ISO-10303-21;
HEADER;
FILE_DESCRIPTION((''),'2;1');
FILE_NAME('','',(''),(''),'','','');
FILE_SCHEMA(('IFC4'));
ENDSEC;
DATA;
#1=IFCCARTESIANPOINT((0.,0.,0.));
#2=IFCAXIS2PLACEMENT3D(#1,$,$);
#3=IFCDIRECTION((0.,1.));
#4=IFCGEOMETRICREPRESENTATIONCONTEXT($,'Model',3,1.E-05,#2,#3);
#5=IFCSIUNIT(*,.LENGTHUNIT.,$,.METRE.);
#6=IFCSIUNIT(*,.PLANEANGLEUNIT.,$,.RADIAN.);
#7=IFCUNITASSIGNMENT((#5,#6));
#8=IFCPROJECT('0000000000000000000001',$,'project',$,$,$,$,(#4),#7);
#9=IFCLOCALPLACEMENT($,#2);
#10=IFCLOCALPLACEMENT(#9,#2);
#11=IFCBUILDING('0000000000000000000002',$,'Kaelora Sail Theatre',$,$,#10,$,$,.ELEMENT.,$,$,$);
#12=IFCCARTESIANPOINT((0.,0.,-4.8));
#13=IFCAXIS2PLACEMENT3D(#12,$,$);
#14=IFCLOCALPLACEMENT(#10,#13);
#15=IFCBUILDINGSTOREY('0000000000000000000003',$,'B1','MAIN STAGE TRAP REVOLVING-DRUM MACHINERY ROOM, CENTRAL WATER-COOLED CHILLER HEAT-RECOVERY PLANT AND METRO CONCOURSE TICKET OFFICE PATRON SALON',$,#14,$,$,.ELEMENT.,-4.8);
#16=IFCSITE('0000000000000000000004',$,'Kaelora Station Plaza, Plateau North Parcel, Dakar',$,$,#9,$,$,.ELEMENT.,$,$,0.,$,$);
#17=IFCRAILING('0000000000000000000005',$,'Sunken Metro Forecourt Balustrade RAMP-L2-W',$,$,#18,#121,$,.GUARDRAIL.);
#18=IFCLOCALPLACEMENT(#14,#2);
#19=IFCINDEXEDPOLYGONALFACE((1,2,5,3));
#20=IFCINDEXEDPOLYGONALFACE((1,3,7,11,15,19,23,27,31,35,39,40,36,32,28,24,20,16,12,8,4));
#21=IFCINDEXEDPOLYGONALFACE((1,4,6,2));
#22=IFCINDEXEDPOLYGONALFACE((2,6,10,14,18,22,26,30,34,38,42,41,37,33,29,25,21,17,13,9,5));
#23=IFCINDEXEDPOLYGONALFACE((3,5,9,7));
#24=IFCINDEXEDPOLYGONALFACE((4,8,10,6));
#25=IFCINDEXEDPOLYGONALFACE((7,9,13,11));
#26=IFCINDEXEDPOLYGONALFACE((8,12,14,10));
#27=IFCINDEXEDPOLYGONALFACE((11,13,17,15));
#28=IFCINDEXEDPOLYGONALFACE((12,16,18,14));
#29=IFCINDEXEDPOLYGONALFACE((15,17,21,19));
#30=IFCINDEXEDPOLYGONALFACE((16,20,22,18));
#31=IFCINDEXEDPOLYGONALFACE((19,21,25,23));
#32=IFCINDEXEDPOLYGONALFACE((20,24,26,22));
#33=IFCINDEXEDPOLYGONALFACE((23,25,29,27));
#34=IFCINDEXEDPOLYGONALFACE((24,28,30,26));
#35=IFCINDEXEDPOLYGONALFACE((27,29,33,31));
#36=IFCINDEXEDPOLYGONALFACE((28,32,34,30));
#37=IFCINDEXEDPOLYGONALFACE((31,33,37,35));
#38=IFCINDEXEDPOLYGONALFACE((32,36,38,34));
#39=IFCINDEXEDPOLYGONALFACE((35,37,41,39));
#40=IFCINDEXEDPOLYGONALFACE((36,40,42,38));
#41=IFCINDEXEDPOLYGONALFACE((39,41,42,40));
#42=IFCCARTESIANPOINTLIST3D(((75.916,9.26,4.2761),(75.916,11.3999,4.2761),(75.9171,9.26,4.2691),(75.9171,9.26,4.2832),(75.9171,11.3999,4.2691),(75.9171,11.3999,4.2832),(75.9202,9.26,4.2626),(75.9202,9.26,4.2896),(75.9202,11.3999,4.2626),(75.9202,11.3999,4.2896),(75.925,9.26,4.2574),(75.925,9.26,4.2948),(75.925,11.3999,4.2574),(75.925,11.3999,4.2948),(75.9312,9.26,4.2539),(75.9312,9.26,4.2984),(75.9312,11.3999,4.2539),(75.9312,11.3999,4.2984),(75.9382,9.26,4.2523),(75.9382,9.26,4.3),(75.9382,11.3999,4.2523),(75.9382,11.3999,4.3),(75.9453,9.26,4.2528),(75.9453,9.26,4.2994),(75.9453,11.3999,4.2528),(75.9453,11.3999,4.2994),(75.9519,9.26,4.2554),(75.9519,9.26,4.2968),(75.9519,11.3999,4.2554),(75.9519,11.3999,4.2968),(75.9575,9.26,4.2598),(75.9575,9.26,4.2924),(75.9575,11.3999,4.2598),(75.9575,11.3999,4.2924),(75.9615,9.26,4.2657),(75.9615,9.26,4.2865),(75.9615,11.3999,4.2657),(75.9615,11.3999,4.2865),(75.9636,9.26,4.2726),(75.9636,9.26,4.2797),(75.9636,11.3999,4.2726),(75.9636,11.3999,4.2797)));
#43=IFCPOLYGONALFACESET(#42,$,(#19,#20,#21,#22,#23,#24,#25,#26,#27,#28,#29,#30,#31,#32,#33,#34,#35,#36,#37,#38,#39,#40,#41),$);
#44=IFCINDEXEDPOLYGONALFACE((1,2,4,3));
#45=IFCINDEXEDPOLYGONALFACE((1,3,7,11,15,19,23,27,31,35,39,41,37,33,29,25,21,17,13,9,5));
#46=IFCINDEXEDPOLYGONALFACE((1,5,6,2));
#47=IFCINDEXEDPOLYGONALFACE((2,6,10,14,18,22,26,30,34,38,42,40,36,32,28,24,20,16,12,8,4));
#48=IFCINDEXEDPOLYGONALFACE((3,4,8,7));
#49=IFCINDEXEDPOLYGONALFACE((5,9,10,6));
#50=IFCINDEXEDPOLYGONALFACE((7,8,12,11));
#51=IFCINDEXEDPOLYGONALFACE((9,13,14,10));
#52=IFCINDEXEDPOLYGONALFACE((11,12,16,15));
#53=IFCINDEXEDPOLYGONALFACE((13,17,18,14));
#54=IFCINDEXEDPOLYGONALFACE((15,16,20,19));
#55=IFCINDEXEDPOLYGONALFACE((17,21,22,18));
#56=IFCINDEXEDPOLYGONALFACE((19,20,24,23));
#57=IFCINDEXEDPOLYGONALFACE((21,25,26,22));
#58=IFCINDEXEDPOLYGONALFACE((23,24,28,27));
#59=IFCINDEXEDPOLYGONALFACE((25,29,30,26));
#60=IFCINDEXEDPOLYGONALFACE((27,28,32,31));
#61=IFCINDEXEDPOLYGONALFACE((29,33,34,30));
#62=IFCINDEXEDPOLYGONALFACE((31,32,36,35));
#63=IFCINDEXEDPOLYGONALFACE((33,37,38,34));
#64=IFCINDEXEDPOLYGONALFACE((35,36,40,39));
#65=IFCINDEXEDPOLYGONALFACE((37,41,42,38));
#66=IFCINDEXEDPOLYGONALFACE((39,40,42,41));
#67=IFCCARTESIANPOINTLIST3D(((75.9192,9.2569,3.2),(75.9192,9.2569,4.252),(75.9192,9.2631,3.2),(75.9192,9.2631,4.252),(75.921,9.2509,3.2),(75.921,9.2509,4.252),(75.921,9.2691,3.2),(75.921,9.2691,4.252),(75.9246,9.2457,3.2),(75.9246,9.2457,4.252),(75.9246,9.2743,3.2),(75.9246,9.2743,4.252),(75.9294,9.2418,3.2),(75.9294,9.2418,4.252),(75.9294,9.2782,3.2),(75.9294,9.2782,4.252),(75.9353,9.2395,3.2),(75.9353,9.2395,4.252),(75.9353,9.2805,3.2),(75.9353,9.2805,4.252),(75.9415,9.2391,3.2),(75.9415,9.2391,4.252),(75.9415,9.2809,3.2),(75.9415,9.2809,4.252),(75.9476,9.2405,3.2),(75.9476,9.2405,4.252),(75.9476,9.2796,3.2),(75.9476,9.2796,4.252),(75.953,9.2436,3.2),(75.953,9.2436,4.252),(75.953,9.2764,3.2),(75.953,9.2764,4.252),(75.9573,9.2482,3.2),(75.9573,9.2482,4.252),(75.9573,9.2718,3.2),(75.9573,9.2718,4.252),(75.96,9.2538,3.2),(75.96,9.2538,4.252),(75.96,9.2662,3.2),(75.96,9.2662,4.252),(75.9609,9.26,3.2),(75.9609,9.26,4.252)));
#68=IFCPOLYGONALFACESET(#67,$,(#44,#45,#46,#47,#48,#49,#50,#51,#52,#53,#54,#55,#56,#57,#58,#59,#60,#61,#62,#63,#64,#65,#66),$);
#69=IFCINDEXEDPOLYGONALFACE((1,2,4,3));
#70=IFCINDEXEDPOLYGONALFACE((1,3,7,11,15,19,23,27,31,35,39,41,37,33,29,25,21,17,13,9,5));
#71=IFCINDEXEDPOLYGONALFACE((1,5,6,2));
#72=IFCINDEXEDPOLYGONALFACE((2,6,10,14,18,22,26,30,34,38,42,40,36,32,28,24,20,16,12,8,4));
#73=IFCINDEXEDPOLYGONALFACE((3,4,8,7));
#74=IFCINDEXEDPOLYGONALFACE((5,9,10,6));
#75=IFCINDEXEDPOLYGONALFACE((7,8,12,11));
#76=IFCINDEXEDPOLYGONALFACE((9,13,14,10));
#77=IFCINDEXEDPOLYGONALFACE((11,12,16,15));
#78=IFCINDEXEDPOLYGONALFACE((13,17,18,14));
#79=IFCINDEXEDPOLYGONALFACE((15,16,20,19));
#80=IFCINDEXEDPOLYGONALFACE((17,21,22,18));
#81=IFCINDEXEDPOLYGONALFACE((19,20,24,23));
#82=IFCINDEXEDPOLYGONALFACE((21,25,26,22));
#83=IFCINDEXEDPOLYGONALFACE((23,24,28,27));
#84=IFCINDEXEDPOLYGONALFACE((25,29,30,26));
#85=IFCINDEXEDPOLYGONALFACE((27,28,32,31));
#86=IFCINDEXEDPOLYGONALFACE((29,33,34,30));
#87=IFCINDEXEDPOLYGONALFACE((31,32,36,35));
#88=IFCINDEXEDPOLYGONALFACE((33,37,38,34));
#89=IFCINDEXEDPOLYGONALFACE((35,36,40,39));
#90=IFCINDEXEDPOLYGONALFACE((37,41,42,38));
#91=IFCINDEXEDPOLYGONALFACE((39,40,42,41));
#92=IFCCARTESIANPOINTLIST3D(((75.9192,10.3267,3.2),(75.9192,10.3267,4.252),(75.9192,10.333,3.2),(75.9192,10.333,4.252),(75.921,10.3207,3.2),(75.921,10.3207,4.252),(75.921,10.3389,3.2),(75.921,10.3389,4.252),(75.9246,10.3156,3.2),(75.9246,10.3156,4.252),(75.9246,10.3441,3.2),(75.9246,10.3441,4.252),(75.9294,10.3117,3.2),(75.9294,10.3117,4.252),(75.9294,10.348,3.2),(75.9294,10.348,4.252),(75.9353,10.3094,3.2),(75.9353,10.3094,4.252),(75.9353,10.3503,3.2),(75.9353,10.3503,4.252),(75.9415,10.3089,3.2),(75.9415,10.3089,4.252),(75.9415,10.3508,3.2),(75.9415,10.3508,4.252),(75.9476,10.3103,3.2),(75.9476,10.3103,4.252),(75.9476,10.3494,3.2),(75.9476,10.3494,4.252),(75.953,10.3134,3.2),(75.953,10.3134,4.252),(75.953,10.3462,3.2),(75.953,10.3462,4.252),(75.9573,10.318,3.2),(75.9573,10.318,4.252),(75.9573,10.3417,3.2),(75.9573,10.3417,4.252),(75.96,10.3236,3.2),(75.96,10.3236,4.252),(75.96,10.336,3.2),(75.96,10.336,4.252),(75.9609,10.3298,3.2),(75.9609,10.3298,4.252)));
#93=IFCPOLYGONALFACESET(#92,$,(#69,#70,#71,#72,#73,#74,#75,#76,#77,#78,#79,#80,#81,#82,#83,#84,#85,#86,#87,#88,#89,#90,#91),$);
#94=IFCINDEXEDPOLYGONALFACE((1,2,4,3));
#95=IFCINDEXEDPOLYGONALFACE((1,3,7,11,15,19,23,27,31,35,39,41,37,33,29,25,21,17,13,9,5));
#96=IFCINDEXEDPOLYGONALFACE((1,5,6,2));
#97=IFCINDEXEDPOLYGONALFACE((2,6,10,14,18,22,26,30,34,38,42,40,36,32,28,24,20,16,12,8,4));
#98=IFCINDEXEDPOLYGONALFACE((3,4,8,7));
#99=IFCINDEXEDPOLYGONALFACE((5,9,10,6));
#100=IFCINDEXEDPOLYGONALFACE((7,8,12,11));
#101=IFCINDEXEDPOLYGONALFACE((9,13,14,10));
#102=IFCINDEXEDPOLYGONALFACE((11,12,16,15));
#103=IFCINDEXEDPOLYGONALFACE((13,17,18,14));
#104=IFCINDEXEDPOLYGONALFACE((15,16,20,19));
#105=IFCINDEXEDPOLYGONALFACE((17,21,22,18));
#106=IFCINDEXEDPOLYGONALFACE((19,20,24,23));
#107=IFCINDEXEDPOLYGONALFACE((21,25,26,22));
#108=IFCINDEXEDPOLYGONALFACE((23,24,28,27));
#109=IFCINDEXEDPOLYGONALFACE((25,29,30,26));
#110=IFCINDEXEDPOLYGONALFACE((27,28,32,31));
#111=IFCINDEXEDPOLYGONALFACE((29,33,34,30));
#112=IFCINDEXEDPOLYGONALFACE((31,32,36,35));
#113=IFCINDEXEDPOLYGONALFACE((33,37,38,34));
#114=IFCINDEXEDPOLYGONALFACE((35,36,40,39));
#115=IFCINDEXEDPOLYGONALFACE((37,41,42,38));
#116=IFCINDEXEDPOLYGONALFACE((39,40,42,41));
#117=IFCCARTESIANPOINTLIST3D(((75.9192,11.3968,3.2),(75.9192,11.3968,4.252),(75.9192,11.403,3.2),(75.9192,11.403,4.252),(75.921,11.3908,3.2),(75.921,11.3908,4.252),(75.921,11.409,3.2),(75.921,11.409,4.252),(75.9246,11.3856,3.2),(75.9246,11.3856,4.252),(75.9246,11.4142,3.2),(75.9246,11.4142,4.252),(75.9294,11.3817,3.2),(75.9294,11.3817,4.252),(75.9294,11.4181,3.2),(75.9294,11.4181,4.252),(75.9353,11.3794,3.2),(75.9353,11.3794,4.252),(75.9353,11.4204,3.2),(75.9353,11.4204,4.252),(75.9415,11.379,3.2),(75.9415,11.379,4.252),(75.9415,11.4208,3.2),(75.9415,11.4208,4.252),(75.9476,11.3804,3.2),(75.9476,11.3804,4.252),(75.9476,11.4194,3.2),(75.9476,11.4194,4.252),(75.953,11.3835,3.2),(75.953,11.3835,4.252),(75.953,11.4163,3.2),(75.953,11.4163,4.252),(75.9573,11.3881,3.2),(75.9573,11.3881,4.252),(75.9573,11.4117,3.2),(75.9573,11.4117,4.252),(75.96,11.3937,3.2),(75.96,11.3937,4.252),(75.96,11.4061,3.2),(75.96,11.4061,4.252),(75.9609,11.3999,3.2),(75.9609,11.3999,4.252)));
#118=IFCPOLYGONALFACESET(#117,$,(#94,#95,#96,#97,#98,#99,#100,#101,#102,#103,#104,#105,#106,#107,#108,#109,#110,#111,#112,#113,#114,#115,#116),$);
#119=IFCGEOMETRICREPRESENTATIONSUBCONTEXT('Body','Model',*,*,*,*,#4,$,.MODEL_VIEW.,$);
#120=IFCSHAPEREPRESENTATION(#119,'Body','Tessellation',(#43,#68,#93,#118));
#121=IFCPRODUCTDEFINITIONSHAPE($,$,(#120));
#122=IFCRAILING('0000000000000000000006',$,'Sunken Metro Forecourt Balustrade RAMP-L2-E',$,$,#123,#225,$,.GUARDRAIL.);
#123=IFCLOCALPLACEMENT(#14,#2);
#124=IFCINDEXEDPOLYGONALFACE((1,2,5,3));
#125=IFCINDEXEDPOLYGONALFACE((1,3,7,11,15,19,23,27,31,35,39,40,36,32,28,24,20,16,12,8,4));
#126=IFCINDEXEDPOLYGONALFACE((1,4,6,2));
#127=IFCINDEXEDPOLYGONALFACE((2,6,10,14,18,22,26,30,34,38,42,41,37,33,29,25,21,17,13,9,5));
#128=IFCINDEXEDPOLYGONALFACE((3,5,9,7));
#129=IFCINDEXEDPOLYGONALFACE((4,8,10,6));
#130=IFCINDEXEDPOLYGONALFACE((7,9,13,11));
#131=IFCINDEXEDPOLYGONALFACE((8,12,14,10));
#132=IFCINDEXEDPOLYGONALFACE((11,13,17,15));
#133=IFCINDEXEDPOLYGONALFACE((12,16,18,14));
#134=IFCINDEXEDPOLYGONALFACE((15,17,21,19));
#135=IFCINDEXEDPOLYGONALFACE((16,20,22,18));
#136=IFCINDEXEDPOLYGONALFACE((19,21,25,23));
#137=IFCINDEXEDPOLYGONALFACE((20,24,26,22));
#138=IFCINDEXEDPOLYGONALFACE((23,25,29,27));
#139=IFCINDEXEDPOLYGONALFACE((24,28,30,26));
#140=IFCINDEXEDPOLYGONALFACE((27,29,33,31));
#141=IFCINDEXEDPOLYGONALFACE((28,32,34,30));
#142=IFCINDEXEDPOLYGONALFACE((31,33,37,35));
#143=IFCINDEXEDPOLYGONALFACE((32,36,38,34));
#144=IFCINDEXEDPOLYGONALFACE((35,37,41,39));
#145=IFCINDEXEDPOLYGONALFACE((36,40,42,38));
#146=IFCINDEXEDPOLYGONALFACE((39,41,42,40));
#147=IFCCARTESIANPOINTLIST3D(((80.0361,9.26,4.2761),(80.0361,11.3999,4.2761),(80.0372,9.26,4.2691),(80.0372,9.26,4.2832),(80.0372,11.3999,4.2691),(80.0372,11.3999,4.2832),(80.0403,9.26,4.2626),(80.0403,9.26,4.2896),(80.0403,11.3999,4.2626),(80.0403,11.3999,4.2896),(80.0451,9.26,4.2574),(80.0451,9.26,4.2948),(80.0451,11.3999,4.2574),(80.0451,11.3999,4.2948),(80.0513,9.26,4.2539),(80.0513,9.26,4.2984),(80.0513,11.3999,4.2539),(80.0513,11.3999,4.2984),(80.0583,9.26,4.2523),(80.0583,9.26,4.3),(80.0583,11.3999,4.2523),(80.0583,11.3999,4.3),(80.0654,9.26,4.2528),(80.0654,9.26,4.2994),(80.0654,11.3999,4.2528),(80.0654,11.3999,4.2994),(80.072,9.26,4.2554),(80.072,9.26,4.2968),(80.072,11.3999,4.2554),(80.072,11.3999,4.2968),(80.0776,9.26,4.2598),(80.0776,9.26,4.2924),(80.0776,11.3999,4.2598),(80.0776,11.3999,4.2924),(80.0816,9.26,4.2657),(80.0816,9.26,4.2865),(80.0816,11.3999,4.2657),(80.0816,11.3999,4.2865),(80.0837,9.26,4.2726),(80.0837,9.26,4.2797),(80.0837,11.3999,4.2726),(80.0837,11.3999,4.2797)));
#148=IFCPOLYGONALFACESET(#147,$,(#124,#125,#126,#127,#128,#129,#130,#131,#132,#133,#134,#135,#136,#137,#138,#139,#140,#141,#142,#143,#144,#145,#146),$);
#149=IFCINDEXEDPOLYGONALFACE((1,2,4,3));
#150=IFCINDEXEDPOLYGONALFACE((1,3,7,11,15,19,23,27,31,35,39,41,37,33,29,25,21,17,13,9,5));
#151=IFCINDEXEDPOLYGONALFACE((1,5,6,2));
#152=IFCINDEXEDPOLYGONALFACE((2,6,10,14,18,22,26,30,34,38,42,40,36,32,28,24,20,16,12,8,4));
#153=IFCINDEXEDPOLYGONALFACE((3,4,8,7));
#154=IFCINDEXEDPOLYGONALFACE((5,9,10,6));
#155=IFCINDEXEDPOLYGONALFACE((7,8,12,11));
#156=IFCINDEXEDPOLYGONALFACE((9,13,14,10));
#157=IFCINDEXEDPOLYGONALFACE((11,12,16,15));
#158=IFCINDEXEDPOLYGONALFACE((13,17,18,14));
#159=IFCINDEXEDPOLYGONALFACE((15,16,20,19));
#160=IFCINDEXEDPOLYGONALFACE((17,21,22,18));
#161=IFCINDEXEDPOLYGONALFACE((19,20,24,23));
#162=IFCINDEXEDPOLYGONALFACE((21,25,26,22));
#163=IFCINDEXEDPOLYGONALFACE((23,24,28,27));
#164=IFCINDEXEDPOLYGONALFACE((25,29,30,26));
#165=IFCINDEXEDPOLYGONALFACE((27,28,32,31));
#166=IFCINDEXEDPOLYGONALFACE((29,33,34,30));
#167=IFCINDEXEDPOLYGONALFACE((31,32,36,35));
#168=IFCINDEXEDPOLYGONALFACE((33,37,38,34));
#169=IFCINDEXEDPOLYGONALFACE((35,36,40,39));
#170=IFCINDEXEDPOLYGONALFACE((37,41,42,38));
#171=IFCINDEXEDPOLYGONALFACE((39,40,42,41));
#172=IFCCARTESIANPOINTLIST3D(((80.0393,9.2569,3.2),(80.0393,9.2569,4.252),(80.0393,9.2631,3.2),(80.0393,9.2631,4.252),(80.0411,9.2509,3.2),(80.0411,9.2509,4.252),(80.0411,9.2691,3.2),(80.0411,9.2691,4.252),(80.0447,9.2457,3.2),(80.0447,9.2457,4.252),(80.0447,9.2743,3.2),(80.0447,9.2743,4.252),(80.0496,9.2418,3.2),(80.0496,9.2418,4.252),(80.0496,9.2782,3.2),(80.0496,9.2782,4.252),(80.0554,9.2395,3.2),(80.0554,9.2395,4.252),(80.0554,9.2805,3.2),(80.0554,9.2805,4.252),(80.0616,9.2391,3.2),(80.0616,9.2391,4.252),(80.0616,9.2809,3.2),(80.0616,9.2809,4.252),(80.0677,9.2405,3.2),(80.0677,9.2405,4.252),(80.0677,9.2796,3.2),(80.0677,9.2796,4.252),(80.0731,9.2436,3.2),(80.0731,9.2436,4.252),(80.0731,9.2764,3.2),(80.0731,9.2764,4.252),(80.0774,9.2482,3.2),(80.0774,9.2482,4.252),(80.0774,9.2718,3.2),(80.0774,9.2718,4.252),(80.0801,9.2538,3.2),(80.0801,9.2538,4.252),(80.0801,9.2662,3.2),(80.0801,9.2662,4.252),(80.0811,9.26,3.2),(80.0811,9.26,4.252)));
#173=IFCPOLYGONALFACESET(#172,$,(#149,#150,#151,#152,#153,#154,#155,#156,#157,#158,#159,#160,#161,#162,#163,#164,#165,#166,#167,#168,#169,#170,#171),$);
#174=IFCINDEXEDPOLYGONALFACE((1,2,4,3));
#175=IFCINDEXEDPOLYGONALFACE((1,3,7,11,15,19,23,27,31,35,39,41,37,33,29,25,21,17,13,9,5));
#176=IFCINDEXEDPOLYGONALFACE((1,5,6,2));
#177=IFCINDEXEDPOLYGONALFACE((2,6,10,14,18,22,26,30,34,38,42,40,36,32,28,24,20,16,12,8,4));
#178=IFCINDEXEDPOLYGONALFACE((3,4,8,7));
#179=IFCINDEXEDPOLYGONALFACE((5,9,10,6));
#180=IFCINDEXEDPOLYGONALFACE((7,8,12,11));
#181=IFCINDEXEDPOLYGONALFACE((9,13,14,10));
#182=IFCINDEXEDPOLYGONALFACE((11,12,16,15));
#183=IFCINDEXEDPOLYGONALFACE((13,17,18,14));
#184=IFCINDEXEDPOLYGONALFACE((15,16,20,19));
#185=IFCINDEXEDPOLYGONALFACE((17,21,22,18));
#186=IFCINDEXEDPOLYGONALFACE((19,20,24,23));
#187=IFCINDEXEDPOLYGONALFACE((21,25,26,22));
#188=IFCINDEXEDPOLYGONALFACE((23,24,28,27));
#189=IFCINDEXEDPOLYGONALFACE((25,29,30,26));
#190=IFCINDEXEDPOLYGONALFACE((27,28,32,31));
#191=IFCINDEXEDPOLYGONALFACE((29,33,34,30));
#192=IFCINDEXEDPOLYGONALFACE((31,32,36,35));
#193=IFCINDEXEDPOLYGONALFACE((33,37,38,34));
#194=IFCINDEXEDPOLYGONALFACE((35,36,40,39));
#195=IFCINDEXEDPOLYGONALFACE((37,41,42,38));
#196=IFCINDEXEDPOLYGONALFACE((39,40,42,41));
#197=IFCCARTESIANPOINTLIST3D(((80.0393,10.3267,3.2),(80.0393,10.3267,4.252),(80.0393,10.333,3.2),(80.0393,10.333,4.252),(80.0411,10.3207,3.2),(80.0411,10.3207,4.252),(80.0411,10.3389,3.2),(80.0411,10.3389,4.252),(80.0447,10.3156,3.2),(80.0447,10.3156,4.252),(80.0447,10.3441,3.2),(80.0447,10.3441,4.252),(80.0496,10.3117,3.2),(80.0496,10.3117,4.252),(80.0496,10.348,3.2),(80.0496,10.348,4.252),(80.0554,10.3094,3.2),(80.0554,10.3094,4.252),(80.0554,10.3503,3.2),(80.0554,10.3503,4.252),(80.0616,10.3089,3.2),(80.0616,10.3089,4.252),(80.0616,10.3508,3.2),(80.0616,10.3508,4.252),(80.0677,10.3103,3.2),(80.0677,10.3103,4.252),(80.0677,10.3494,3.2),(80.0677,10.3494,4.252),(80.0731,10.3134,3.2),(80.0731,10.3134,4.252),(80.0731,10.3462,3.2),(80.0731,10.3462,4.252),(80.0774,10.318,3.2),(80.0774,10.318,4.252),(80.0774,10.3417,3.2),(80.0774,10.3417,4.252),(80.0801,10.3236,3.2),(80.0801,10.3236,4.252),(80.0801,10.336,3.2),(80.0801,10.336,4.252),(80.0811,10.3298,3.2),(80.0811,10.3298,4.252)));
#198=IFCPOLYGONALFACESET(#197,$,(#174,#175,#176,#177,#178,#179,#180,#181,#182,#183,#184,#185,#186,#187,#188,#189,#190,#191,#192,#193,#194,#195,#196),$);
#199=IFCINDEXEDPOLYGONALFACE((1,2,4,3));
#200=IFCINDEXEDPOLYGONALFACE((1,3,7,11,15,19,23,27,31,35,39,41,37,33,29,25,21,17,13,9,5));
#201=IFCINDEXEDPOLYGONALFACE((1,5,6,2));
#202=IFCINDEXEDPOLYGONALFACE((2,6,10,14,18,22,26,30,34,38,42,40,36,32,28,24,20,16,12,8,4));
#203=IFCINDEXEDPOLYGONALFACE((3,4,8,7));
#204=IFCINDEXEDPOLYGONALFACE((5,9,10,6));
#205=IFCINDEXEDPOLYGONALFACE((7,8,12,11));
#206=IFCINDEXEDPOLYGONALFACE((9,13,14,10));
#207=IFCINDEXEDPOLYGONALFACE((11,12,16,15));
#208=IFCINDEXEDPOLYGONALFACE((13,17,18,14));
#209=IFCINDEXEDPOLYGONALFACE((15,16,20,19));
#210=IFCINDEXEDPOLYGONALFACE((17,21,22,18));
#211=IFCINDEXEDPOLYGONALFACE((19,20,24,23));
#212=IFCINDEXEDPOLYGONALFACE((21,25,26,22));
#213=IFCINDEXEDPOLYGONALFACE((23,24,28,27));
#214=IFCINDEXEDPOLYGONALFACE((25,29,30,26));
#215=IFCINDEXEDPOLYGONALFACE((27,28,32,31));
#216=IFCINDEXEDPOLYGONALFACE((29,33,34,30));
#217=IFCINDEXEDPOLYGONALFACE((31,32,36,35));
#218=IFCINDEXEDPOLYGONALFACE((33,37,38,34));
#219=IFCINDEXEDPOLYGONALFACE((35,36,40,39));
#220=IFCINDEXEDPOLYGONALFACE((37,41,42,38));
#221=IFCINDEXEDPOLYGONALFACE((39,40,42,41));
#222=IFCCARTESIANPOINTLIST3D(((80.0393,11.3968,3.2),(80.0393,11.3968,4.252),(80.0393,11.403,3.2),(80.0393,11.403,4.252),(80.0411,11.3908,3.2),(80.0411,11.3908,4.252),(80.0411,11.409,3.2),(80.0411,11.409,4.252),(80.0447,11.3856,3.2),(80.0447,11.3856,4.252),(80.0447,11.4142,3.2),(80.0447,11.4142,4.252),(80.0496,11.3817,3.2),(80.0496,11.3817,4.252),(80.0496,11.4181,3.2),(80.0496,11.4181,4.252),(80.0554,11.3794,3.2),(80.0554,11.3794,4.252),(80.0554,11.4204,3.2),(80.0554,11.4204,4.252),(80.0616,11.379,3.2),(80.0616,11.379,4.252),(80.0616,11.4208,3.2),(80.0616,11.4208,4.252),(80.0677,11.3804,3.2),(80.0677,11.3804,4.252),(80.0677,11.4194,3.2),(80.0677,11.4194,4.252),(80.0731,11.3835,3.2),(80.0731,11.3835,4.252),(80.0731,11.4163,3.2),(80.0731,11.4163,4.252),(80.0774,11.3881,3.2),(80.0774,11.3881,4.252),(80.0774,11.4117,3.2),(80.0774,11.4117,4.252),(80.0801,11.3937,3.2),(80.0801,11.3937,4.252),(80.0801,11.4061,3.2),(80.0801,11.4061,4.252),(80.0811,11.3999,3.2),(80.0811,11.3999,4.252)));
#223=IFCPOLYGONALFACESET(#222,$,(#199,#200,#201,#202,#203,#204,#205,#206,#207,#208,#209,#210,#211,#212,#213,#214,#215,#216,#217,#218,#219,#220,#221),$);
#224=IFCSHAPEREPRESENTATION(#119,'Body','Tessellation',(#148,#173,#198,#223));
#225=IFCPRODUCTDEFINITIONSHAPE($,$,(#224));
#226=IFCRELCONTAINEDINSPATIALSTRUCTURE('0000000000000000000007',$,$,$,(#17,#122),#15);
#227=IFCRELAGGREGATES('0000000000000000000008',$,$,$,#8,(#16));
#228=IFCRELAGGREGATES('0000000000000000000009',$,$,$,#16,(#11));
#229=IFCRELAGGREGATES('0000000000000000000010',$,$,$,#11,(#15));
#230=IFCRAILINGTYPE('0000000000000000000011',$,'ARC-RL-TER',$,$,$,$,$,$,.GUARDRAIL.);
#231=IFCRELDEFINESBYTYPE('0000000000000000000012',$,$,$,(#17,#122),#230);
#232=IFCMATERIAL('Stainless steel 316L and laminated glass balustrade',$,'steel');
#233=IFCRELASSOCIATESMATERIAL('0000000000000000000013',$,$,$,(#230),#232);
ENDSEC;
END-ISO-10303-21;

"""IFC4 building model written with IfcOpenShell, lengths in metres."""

from ifc_helpers import new_model, si_unit, direction, frame, origin, origin_2d, place, context, subcontext, project, spatial, circle, extrude, material, type_object, element, save


model = new_model("IFC4")

# Units and contexts
model_context = context("Model", 3, precision=1e-05, world=origin(), true_north=direction((0.0, 1.0)))
body_context = subcontext(model_context, "Body", "Model", "MODEL_VIEW")
ifc_project = project(units=[si_unit("LENGTHUNIT", "METRE"), si_unit("PLANEANGLEUNIT", "RADIAN")], contexts=[model_context])

# Site, building, storey
site_placement = place(None, origin())
site = spatial("IfcSite", under=ifc_project, at=site_placement, Name="Kaelora Station Plaza, Plateau North Parcel, Dakar", CompositionType="ELEMENT", RefElevation=0.0)
building_placement = place(site_placement, origin())
building = spatial("IfcBuilding", under=site, at=building_placement, Name="Kaelora Sail Theatre", CompositionType="ELEMENT")
storey_placement = place(building_placement, frame((0.0, 0.0, -4.8)))
storey = spatial("IfcBuildingStorey", under=building, at=storey_placement, Name="B1", Description="MAIN STAGE TRAP REVOLVING-DRUM MACHINERY ROOM, CENTRAL WATER-COOLED CHILLER HEAT-RECOVERY PLANT AND METRO CONCOURSE TICKET OFFICE PATRON SALON", CompositionType="ELEMENT", Elevation=-4.8)

# Railings
ifc_material_1 = material(Name="Stainless steel 316L and laminated glass balustrade", Category="steel")
railing_type = type_object("IfcRailingType", Name="ARC-RL-TER", PredefinedType="GUARDRAIL", material=ifc_material_1)
for number, where, name in (
    (1, (75.9399, 9.26, 3.2), "Sunken Metro Forecourt Balustrade RAMP-L2-W"),
    (2, (80.0601, 9.26, 3.2), "Sunken Metro Forecourt Balustrade RAMP-L2-E"),
):
    element("IfcRailing", number, at=place(storey_placement, frame(where)), inside=storey, type_object=railing_type, Name=name, PredefinedType="GUARDRAIL", context=body_context, shape_type="SweptSolid", body=[
        extrude(circle(Radius=0.0239, at=origin_2d()), frame((0.0, 0.0, 1.0762), z_axis=(0.0, 1.0, 0.0), x_axis=(-1.0, 0.0, 0.0)), (0.0, 0.0, 1.0), 2.1399),
        extrude(circle(Radius=0.021, at=origin_2d()), origin(), (0.0, 0.0, 1.0), 1.052),
        extrude(circle(Radius=0.021, at=origin_2d()), frame((0.0, 1.0698, 0.0)), (0.0, 0.0, 1.0), 1.052),
        extrude(circle(Radius=0.021, at=origin_2d()), frame((0.0, 2.1399, 0.0)), (0.0, 0.0, 1.0), 1.052),
    ])

save(model, "model.ifc")
